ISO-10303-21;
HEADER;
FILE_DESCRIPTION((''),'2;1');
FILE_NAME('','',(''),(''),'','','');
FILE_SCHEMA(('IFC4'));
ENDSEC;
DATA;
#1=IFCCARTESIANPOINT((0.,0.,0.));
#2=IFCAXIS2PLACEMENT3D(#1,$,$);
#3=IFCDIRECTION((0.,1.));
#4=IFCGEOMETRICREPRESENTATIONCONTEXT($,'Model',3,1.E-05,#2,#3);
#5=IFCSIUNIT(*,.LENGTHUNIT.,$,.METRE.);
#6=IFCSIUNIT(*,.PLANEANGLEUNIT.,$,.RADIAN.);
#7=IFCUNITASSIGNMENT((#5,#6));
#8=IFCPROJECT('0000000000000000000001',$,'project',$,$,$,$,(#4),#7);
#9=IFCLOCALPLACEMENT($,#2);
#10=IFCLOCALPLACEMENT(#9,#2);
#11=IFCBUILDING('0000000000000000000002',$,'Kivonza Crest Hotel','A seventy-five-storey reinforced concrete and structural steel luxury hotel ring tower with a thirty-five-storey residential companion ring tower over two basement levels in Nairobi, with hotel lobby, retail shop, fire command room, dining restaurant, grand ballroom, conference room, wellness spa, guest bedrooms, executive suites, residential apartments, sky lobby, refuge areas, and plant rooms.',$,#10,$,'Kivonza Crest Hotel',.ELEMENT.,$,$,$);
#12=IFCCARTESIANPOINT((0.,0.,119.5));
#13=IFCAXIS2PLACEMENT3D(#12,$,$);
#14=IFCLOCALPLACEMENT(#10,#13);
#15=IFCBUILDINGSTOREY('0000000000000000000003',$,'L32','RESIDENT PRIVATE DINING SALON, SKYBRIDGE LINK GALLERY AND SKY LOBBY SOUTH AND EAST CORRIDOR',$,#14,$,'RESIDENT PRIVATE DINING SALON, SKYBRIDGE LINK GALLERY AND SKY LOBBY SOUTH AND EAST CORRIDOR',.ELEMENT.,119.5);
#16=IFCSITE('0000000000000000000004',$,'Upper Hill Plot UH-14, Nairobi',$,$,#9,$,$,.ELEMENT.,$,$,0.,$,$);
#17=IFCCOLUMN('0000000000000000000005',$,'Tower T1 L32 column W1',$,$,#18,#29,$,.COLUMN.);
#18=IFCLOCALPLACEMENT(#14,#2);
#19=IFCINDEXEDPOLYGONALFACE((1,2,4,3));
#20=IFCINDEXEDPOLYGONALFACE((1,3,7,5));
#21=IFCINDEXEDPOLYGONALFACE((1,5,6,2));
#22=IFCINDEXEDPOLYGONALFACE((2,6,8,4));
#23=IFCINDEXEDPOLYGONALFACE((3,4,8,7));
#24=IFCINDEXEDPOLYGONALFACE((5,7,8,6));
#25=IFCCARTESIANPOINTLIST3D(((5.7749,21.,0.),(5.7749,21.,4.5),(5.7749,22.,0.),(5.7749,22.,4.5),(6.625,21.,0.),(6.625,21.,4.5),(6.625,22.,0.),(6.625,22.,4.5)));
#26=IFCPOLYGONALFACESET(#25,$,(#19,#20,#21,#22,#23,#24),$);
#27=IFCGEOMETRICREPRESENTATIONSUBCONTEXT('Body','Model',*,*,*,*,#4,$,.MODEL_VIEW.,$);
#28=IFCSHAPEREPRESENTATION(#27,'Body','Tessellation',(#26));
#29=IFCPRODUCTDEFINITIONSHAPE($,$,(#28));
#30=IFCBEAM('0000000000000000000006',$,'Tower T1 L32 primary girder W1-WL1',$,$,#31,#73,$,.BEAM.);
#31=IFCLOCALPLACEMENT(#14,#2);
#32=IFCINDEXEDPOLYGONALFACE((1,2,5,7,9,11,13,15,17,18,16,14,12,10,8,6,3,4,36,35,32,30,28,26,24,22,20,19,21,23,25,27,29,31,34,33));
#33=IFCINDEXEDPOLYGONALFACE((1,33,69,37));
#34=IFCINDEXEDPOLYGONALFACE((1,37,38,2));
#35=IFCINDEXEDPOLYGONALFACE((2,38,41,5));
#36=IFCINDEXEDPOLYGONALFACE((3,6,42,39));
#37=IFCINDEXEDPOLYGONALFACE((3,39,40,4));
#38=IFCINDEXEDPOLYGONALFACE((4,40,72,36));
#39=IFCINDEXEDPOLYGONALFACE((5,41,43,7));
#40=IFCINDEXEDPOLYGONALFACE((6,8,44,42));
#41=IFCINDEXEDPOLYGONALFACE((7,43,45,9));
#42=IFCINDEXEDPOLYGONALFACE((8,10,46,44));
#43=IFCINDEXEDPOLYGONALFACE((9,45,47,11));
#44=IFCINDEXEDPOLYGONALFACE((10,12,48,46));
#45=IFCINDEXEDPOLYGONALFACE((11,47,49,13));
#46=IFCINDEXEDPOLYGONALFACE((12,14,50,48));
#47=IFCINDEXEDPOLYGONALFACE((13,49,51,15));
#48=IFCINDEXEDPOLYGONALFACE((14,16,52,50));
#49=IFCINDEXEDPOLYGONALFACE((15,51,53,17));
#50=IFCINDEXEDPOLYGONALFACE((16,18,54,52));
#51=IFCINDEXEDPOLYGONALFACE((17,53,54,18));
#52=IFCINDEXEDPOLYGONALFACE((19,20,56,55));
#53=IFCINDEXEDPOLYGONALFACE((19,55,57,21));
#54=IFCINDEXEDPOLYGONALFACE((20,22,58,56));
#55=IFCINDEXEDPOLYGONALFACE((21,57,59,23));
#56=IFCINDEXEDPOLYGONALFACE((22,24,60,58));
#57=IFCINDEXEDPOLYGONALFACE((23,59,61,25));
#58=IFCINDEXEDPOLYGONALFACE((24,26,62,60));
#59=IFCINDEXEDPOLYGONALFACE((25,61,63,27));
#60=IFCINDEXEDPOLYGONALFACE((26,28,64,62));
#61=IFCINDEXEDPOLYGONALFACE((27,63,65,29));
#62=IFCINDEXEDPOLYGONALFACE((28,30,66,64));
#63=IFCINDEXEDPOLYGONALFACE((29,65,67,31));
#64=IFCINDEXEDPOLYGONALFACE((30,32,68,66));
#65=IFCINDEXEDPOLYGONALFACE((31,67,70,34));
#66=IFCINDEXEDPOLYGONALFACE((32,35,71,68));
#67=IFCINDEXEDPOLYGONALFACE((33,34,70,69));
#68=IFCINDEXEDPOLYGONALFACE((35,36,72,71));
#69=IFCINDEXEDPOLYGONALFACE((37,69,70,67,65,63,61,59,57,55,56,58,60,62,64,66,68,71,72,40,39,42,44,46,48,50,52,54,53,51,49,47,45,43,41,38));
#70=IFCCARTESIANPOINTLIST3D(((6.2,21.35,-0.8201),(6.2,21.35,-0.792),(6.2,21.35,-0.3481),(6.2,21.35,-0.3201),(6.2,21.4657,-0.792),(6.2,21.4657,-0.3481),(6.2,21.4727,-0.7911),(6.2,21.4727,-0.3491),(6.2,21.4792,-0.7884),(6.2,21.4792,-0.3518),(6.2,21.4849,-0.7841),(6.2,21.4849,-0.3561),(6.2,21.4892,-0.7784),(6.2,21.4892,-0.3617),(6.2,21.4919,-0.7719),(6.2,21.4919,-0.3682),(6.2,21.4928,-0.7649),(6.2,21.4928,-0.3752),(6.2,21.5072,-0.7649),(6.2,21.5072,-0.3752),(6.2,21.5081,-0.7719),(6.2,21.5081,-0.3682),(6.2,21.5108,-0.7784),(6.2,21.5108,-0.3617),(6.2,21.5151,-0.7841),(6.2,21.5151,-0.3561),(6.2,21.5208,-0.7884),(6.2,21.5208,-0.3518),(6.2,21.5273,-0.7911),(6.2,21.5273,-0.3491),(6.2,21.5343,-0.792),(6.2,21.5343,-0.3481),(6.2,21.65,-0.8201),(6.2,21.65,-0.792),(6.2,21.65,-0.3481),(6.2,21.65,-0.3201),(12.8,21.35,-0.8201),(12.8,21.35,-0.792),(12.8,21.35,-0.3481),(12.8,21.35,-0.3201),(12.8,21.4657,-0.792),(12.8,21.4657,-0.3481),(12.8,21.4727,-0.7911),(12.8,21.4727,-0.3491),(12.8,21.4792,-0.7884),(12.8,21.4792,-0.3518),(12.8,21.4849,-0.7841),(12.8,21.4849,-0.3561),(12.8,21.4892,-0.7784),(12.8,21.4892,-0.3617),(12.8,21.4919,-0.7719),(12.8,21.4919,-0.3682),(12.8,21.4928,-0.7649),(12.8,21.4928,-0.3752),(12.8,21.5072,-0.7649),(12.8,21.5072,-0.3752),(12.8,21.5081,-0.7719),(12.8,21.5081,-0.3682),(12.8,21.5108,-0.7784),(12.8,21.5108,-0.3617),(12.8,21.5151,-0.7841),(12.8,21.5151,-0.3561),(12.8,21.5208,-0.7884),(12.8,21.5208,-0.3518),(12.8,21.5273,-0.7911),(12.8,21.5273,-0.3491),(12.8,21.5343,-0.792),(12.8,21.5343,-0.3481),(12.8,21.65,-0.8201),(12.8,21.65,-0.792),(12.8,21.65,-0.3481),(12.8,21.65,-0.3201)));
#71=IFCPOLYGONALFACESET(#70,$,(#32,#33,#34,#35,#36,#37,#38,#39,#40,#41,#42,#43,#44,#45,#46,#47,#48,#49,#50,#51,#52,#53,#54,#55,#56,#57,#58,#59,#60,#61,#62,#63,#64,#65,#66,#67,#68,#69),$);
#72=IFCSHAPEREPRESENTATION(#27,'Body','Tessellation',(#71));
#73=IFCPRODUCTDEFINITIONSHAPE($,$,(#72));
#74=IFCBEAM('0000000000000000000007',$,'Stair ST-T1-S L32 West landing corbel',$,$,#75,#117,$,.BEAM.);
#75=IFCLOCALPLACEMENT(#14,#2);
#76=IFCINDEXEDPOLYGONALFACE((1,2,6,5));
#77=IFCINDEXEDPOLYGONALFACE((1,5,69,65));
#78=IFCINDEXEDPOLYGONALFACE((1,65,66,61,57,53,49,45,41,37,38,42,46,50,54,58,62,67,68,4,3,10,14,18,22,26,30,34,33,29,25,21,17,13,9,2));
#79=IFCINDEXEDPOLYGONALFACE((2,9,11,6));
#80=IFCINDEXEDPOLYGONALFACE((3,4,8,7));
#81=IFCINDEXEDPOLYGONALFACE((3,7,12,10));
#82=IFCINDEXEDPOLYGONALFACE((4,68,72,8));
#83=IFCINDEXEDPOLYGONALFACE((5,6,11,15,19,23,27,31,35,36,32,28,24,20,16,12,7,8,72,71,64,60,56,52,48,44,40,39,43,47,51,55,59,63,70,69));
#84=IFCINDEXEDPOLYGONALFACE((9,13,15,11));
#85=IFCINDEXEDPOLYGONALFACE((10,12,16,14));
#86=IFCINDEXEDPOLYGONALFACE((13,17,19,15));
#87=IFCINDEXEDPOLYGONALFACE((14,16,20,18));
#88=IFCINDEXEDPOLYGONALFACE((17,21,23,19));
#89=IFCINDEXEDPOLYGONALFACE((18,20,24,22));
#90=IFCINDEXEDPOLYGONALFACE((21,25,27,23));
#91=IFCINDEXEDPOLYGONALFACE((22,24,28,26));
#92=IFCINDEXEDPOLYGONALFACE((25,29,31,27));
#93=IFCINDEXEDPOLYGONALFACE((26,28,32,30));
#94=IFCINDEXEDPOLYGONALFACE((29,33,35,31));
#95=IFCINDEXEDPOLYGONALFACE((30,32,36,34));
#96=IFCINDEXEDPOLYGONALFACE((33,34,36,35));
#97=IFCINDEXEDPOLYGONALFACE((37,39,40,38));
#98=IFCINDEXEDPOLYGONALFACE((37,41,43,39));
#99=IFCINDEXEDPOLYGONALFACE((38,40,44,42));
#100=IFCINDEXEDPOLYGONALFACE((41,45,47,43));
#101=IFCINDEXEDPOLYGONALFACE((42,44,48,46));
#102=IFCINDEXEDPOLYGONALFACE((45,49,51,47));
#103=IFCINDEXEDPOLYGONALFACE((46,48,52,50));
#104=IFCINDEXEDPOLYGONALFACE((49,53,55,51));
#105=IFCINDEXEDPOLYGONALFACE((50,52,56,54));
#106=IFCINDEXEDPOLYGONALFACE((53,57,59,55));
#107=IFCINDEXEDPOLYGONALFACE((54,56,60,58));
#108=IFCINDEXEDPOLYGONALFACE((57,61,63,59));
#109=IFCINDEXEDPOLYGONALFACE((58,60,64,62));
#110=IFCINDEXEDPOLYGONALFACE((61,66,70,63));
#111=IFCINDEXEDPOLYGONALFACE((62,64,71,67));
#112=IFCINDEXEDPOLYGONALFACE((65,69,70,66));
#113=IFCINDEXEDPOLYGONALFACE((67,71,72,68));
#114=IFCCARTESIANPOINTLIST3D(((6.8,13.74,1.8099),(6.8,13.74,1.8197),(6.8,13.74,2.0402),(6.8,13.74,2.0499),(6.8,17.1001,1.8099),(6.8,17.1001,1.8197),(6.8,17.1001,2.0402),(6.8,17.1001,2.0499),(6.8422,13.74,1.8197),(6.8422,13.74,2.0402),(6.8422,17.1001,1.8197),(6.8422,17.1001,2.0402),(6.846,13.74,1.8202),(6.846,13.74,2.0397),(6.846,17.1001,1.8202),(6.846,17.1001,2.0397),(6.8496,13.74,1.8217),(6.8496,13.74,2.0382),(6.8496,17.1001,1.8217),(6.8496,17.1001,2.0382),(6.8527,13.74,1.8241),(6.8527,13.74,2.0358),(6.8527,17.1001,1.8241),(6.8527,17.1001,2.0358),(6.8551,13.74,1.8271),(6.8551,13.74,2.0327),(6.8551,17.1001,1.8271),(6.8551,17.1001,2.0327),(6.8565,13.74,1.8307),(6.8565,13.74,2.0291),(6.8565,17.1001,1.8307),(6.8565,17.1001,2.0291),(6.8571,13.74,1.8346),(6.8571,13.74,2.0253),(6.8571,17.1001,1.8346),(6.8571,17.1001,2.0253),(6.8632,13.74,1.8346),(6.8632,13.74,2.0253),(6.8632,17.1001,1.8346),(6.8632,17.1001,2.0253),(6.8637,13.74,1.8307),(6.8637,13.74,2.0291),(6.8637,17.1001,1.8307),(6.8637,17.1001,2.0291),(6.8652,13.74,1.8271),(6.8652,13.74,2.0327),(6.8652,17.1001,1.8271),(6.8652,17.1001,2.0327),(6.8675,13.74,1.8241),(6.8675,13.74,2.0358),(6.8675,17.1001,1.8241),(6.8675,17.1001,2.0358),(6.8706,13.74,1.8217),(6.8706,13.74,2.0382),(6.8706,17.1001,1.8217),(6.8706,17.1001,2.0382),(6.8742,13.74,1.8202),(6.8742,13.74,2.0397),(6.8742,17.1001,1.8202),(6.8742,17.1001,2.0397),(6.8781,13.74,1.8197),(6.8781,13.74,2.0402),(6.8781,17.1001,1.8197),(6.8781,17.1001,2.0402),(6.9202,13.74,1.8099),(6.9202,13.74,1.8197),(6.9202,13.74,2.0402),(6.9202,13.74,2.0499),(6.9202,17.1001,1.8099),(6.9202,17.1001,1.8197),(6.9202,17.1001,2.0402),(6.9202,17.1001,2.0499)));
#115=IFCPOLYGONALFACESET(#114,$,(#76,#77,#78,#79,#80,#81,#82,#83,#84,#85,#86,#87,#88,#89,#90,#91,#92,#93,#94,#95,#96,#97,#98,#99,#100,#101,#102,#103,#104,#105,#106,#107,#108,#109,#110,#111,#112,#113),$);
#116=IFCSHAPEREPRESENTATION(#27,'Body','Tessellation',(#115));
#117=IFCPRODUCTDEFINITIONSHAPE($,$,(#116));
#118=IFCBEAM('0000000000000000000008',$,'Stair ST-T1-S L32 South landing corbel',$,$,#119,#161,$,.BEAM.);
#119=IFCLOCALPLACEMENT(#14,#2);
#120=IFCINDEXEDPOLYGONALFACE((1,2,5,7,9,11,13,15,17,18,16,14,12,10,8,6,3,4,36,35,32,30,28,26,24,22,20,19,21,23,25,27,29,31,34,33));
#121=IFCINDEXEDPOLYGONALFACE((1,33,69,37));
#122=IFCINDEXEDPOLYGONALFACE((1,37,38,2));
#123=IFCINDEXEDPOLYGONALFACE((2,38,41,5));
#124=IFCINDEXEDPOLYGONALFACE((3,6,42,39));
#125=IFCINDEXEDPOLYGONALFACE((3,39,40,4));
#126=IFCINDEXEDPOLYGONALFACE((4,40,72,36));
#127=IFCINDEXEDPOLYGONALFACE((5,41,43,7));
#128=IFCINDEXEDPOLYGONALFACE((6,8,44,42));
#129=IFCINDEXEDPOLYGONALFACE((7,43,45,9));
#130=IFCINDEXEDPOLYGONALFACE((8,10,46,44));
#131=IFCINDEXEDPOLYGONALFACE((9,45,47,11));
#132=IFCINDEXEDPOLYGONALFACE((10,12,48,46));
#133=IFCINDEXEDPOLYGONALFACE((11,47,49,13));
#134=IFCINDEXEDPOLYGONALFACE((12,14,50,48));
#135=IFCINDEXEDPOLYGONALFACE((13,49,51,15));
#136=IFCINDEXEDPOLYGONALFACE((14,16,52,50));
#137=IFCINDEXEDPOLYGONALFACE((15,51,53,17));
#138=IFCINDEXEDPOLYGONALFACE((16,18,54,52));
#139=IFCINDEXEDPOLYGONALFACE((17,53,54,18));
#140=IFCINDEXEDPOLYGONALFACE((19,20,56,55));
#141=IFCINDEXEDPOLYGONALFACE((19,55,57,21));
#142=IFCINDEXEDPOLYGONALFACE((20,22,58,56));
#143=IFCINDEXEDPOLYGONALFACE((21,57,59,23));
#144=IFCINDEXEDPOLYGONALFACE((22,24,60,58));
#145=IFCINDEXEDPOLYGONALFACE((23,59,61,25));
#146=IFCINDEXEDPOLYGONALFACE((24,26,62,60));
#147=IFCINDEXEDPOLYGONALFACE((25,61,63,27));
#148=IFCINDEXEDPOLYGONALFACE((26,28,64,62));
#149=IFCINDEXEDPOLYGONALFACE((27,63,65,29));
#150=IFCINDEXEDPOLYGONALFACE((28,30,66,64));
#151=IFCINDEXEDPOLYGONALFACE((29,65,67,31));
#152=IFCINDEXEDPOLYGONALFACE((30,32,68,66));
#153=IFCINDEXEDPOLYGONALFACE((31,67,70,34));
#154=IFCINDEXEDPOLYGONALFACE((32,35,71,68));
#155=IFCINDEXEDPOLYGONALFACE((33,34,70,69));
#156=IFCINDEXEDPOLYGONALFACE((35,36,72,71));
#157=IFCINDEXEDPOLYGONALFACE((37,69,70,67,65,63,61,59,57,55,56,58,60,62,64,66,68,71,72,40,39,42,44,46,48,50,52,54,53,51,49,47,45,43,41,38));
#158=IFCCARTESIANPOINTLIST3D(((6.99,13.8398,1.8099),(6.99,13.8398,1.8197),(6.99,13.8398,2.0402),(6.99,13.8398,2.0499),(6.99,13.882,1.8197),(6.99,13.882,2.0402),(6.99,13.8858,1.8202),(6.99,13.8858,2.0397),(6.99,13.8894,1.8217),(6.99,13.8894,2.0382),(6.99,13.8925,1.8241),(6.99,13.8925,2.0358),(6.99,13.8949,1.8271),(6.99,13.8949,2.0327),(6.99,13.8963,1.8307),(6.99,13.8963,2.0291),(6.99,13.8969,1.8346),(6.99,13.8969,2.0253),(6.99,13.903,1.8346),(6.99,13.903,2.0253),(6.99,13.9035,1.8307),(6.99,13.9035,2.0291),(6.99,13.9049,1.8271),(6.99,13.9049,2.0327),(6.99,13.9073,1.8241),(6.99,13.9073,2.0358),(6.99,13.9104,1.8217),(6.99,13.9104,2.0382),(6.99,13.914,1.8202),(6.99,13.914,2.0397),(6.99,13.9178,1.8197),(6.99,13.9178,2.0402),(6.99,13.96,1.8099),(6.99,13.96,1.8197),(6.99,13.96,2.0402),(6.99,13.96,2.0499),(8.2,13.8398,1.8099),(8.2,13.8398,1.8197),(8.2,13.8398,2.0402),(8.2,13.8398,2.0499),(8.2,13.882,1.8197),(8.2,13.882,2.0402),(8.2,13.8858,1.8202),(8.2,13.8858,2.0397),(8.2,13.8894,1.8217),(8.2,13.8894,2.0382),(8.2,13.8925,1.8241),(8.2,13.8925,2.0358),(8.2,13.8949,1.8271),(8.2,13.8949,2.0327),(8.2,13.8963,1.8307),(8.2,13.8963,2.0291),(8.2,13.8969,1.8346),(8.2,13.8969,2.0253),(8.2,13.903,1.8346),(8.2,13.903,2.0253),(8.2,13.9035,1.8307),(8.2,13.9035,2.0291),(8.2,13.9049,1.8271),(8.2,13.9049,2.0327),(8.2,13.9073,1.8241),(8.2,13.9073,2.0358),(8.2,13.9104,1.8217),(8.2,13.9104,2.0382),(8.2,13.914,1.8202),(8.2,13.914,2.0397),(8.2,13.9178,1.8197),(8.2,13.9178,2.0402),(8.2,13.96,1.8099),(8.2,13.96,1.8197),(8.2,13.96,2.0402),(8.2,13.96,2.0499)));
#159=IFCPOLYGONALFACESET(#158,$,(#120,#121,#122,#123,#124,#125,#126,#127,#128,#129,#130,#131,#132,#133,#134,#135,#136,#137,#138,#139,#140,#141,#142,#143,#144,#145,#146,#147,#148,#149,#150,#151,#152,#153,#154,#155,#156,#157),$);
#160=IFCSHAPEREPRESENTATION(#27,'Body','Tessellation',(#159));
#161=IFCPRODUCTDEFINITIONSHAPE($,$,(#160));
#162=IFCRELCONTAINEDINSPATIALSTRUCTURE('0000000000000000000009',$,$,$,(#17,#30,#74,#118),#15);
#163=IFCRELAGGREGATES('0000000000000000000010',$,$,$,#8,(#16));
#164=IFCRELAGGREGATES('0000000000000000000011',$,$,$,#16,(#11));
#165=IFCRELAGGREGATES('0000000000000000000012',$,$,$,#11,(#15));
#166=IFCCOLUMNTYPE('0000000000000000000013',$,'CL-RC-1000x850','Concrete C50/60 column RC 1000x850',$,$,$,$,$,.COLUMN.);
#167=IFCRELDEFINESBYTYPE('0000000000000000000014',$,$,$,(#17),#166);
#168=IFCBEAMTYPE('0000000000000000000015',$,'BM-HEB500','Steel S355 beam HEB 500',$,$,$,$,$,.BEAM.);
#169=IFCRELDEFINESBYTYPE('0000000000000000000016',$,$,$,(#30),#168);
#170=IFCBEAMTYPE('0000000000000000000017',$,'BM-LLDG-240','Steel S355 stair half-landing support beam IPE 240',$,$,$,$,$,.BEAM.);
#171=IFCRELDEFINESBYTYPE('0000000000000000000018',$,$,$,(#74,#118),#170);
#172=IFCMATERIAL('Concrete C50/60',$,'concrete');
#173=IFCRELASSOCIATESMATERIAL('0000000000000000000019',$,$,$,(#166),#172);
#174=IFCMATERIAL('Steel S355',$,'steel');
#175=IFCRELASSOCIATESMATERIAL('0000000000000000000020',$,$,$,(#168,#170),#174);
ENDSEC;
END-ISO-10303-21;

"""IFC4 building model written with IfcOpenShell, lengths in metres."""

from ifc_helpers import new_model, si_unit, direction, frame, origin, origin_2d, place, context, subcontext, project, spatial, rectangle, i_section, extrude, material, material_profile, profile_set, type_object, element, save


model = new_model("IFC4")

# Units and contexts
model_context = context("Model", 3, precision=1e-05, world=origin(), true_north=direction((0.0, 1.0)))
body_context = subcontext(model_context, "Body", "Model", "MODEL_VIEW")
ifc_project = project(units=[si_unit("LENGTHUNIT", "METRE"), si_unit("PLANEANGLEUNIT", "RADIAN")], contexts=[model_context])

# Site, building, storey
site_placement = place(None, origin())
site = spatial("IfcSite", under=ifc_project, at=site_placement, Name="Upper Hill Plot UH-14, Nairobi", CompositionType="ELEMENT", RefElevation=0.0)
building_placement = place(site_placement, origin())
building = spatial("IfcBuilding", under=site, at=building_placement, Name="Kivonza Crest Hotel", Description="A seventy-five-storey reinforced concrete and structural steel luxury hotel ring tower with a thirty-five-storey residential companion ring tower over two basement levels in Nairobi, with hotel lobby, retail shop, fire command room, dining restaurant, grand ballroom, conference room, wellness spa, guest bedrooms, executive suites, residential apartments, sky lobby, refuge areas, and plant rooms.", LongName="Kivonza Crest Hotel", CompositionType="ELEMENT")
storey_placement = place(building_placement, frame((0.0, 0.0, 119.5)))
storey = spatial("IfcBuildingStorey", under=building, at=storey_placement, Name="L32", Description="RESIDENT PRIVATE DINING SALON, SKYBRIDGE LINK GALLERY AND SKY LOBBY SOUTH AND EAST CORRIDOR", LongName="RESIDENT PRIVATE DINING SALON, SKYBRIDGE LINK GALLERY AND SKY LOBBY SOUTH AND EAST CORRIDOR", CompositionType="ELEMENT", Elevation=119.5)

# Column
ifc_material_1 = material(Name="Concrete C50/60", Category="concrete")
ifc_material_profile_1 = material_profile(ifc_material_1, rectangle(XDim=0.8501, YDim=1.0, at=origin_2d()), Name="RC 1000x850")
ifc_profile_set_1 = profile_set([ifc_material_profile_1], Name="Concrete C50/60")
column_type = type_object("IfcColumnType", Name="CL-RC-1000x850", Description="Concrete C50/60 column RC 1000x850", PredefinedType="COLUMN", material=ifc_profile_set_1)
column_placement = place(storey_placement, frame((6.2, 21.5, 0.0), z_axis=(0.0, 0.0, 1.0), x_axis=(1.0, 0.0, 0.0)))
element("IfcColumn", 1, at=column_placement, inside=storey, type_object=column_type, Name="Tower T1 L32 column W1", PredefinedType="COLUMN", context=body_context, shape_type="SweptSolid", body=[
    extrude(rectangle(XDim=0.8501, YDim=1.0, at=origin_2d()), origin(), (0.0, 0.0, 1.0), 4.5),
])

# Beams
ifc_material_2 = material(Name="Steel S355", Category="steel")
ifc_material_profile_2 = material_profile(ifc_material_2, i_section(OverallWidth=0.3, OverallDepth=0.5, WebThickness=0.0144, FlangeThickness=0.0281, FilletRadius=0.0271, at=origin_2d()), Name="HEB 500")
ifc_profile_set_2 = profile_set([ifc_material_profile_2], Name="Steel S355")
beam_type_1 = type_object("IfcBeamType", Name="BM-HEB500", Description="Steel S355 beam HEB 500", PredefinedType="BEAM", material=ifc_profile_set_2)
beam_1_placement = place(storey_placement, frame((6.2, 21.5, -0.5701), z_axis=(1.0, 0.0, 0.0), x_axis=(0.0, 1.0, 0.0)))
element("IfcBeam", 2, at=beam_1_placement, inside=storey, type_object=beam_type_1, Name="Tower T1 L32 primary girder W1-WL1", PredefinedType="BEAM", context=body_context, shape_type="SweptSolid", body=[
    extrude(i_section(OverallWidth=0.3, OverallDepth=0.5, WebThickness=0.0144, FlangeThickness=0.0281, FilletRadius=0.0271, at=origin_2d()), origin(), (0.0, 0.0, 1.0), 6.6001),
])
ifc_material_profile_3 = material_profile(ifc_material_2, i_section(OverallWidth=0.1201, OverallDepth=0.24, WebThickness=0.0061, FlangeThickness=0.0098, FilletRadius=0.0149, at=origin_2d()), Name="IPE 240")
ifc_profile_set_3 = profile_set([ifc_material_profile_3], Name="Steel S355")
beam_type_2 = type_object("IfcBeamType", Name="BM-LLDG-240", Description="Steel S355 stair half-landing support beam IPE 240", PredefinedType="BEAM", material=ifc_profile_set_3)
beam_2_placement = place(storey_placement, frame((6.8601, 13.74, 1.9299), z_axis=(0.0, 1.0, 0.0), x_axis=(-1.0, 0.0, 0.0)))
element("IfcBeam", 3, at=beam_2_placement, inside=storey, type_object=beam_type_2, Name="Stair ST-T1-S L32 West landing corbel", PredefinedType="BEAM", context=body_context, shape_type="SweptSolid", body=[
    extrude(i_section(OverallWidth=0.1201, OverallDepth=0.24, WebThickness=0.0061, FlangeThickness=0.0098, FilletRadius=0.0149, at=origin_2d()), origin(), (0.0, 0.0, 1.0), 3.3601),
])
for number, where, z_axis, x_axis, name in (
    (4, (6.99, 13.8999, 1.9299), (1.0, 0.0, 0.0), (0.0, 1.0, 0.0), "Stair ST-T1-S L32 South landing corbel"),
):
    element("IfcBeam", number, at=place(storey_placement, frame(where, z_axis=z_axis, x_axis=x_axis)), inside=storey, type_object=beam_type_2, Name=name, PredefinedType="BEAM", context=body_context, shape_type="SweptSolid", body=[
        extrude(i_section(OverallWidth=0.1201, OverallDepth=0.24, WebThickness=0.0061, FlangeThickness=0.0098, FilletRadius=0.0149, at=origin_2d()), origin(), (0.0, 0.0, 1.0), 1.21),
    ])

save(model, "model.ifc")
